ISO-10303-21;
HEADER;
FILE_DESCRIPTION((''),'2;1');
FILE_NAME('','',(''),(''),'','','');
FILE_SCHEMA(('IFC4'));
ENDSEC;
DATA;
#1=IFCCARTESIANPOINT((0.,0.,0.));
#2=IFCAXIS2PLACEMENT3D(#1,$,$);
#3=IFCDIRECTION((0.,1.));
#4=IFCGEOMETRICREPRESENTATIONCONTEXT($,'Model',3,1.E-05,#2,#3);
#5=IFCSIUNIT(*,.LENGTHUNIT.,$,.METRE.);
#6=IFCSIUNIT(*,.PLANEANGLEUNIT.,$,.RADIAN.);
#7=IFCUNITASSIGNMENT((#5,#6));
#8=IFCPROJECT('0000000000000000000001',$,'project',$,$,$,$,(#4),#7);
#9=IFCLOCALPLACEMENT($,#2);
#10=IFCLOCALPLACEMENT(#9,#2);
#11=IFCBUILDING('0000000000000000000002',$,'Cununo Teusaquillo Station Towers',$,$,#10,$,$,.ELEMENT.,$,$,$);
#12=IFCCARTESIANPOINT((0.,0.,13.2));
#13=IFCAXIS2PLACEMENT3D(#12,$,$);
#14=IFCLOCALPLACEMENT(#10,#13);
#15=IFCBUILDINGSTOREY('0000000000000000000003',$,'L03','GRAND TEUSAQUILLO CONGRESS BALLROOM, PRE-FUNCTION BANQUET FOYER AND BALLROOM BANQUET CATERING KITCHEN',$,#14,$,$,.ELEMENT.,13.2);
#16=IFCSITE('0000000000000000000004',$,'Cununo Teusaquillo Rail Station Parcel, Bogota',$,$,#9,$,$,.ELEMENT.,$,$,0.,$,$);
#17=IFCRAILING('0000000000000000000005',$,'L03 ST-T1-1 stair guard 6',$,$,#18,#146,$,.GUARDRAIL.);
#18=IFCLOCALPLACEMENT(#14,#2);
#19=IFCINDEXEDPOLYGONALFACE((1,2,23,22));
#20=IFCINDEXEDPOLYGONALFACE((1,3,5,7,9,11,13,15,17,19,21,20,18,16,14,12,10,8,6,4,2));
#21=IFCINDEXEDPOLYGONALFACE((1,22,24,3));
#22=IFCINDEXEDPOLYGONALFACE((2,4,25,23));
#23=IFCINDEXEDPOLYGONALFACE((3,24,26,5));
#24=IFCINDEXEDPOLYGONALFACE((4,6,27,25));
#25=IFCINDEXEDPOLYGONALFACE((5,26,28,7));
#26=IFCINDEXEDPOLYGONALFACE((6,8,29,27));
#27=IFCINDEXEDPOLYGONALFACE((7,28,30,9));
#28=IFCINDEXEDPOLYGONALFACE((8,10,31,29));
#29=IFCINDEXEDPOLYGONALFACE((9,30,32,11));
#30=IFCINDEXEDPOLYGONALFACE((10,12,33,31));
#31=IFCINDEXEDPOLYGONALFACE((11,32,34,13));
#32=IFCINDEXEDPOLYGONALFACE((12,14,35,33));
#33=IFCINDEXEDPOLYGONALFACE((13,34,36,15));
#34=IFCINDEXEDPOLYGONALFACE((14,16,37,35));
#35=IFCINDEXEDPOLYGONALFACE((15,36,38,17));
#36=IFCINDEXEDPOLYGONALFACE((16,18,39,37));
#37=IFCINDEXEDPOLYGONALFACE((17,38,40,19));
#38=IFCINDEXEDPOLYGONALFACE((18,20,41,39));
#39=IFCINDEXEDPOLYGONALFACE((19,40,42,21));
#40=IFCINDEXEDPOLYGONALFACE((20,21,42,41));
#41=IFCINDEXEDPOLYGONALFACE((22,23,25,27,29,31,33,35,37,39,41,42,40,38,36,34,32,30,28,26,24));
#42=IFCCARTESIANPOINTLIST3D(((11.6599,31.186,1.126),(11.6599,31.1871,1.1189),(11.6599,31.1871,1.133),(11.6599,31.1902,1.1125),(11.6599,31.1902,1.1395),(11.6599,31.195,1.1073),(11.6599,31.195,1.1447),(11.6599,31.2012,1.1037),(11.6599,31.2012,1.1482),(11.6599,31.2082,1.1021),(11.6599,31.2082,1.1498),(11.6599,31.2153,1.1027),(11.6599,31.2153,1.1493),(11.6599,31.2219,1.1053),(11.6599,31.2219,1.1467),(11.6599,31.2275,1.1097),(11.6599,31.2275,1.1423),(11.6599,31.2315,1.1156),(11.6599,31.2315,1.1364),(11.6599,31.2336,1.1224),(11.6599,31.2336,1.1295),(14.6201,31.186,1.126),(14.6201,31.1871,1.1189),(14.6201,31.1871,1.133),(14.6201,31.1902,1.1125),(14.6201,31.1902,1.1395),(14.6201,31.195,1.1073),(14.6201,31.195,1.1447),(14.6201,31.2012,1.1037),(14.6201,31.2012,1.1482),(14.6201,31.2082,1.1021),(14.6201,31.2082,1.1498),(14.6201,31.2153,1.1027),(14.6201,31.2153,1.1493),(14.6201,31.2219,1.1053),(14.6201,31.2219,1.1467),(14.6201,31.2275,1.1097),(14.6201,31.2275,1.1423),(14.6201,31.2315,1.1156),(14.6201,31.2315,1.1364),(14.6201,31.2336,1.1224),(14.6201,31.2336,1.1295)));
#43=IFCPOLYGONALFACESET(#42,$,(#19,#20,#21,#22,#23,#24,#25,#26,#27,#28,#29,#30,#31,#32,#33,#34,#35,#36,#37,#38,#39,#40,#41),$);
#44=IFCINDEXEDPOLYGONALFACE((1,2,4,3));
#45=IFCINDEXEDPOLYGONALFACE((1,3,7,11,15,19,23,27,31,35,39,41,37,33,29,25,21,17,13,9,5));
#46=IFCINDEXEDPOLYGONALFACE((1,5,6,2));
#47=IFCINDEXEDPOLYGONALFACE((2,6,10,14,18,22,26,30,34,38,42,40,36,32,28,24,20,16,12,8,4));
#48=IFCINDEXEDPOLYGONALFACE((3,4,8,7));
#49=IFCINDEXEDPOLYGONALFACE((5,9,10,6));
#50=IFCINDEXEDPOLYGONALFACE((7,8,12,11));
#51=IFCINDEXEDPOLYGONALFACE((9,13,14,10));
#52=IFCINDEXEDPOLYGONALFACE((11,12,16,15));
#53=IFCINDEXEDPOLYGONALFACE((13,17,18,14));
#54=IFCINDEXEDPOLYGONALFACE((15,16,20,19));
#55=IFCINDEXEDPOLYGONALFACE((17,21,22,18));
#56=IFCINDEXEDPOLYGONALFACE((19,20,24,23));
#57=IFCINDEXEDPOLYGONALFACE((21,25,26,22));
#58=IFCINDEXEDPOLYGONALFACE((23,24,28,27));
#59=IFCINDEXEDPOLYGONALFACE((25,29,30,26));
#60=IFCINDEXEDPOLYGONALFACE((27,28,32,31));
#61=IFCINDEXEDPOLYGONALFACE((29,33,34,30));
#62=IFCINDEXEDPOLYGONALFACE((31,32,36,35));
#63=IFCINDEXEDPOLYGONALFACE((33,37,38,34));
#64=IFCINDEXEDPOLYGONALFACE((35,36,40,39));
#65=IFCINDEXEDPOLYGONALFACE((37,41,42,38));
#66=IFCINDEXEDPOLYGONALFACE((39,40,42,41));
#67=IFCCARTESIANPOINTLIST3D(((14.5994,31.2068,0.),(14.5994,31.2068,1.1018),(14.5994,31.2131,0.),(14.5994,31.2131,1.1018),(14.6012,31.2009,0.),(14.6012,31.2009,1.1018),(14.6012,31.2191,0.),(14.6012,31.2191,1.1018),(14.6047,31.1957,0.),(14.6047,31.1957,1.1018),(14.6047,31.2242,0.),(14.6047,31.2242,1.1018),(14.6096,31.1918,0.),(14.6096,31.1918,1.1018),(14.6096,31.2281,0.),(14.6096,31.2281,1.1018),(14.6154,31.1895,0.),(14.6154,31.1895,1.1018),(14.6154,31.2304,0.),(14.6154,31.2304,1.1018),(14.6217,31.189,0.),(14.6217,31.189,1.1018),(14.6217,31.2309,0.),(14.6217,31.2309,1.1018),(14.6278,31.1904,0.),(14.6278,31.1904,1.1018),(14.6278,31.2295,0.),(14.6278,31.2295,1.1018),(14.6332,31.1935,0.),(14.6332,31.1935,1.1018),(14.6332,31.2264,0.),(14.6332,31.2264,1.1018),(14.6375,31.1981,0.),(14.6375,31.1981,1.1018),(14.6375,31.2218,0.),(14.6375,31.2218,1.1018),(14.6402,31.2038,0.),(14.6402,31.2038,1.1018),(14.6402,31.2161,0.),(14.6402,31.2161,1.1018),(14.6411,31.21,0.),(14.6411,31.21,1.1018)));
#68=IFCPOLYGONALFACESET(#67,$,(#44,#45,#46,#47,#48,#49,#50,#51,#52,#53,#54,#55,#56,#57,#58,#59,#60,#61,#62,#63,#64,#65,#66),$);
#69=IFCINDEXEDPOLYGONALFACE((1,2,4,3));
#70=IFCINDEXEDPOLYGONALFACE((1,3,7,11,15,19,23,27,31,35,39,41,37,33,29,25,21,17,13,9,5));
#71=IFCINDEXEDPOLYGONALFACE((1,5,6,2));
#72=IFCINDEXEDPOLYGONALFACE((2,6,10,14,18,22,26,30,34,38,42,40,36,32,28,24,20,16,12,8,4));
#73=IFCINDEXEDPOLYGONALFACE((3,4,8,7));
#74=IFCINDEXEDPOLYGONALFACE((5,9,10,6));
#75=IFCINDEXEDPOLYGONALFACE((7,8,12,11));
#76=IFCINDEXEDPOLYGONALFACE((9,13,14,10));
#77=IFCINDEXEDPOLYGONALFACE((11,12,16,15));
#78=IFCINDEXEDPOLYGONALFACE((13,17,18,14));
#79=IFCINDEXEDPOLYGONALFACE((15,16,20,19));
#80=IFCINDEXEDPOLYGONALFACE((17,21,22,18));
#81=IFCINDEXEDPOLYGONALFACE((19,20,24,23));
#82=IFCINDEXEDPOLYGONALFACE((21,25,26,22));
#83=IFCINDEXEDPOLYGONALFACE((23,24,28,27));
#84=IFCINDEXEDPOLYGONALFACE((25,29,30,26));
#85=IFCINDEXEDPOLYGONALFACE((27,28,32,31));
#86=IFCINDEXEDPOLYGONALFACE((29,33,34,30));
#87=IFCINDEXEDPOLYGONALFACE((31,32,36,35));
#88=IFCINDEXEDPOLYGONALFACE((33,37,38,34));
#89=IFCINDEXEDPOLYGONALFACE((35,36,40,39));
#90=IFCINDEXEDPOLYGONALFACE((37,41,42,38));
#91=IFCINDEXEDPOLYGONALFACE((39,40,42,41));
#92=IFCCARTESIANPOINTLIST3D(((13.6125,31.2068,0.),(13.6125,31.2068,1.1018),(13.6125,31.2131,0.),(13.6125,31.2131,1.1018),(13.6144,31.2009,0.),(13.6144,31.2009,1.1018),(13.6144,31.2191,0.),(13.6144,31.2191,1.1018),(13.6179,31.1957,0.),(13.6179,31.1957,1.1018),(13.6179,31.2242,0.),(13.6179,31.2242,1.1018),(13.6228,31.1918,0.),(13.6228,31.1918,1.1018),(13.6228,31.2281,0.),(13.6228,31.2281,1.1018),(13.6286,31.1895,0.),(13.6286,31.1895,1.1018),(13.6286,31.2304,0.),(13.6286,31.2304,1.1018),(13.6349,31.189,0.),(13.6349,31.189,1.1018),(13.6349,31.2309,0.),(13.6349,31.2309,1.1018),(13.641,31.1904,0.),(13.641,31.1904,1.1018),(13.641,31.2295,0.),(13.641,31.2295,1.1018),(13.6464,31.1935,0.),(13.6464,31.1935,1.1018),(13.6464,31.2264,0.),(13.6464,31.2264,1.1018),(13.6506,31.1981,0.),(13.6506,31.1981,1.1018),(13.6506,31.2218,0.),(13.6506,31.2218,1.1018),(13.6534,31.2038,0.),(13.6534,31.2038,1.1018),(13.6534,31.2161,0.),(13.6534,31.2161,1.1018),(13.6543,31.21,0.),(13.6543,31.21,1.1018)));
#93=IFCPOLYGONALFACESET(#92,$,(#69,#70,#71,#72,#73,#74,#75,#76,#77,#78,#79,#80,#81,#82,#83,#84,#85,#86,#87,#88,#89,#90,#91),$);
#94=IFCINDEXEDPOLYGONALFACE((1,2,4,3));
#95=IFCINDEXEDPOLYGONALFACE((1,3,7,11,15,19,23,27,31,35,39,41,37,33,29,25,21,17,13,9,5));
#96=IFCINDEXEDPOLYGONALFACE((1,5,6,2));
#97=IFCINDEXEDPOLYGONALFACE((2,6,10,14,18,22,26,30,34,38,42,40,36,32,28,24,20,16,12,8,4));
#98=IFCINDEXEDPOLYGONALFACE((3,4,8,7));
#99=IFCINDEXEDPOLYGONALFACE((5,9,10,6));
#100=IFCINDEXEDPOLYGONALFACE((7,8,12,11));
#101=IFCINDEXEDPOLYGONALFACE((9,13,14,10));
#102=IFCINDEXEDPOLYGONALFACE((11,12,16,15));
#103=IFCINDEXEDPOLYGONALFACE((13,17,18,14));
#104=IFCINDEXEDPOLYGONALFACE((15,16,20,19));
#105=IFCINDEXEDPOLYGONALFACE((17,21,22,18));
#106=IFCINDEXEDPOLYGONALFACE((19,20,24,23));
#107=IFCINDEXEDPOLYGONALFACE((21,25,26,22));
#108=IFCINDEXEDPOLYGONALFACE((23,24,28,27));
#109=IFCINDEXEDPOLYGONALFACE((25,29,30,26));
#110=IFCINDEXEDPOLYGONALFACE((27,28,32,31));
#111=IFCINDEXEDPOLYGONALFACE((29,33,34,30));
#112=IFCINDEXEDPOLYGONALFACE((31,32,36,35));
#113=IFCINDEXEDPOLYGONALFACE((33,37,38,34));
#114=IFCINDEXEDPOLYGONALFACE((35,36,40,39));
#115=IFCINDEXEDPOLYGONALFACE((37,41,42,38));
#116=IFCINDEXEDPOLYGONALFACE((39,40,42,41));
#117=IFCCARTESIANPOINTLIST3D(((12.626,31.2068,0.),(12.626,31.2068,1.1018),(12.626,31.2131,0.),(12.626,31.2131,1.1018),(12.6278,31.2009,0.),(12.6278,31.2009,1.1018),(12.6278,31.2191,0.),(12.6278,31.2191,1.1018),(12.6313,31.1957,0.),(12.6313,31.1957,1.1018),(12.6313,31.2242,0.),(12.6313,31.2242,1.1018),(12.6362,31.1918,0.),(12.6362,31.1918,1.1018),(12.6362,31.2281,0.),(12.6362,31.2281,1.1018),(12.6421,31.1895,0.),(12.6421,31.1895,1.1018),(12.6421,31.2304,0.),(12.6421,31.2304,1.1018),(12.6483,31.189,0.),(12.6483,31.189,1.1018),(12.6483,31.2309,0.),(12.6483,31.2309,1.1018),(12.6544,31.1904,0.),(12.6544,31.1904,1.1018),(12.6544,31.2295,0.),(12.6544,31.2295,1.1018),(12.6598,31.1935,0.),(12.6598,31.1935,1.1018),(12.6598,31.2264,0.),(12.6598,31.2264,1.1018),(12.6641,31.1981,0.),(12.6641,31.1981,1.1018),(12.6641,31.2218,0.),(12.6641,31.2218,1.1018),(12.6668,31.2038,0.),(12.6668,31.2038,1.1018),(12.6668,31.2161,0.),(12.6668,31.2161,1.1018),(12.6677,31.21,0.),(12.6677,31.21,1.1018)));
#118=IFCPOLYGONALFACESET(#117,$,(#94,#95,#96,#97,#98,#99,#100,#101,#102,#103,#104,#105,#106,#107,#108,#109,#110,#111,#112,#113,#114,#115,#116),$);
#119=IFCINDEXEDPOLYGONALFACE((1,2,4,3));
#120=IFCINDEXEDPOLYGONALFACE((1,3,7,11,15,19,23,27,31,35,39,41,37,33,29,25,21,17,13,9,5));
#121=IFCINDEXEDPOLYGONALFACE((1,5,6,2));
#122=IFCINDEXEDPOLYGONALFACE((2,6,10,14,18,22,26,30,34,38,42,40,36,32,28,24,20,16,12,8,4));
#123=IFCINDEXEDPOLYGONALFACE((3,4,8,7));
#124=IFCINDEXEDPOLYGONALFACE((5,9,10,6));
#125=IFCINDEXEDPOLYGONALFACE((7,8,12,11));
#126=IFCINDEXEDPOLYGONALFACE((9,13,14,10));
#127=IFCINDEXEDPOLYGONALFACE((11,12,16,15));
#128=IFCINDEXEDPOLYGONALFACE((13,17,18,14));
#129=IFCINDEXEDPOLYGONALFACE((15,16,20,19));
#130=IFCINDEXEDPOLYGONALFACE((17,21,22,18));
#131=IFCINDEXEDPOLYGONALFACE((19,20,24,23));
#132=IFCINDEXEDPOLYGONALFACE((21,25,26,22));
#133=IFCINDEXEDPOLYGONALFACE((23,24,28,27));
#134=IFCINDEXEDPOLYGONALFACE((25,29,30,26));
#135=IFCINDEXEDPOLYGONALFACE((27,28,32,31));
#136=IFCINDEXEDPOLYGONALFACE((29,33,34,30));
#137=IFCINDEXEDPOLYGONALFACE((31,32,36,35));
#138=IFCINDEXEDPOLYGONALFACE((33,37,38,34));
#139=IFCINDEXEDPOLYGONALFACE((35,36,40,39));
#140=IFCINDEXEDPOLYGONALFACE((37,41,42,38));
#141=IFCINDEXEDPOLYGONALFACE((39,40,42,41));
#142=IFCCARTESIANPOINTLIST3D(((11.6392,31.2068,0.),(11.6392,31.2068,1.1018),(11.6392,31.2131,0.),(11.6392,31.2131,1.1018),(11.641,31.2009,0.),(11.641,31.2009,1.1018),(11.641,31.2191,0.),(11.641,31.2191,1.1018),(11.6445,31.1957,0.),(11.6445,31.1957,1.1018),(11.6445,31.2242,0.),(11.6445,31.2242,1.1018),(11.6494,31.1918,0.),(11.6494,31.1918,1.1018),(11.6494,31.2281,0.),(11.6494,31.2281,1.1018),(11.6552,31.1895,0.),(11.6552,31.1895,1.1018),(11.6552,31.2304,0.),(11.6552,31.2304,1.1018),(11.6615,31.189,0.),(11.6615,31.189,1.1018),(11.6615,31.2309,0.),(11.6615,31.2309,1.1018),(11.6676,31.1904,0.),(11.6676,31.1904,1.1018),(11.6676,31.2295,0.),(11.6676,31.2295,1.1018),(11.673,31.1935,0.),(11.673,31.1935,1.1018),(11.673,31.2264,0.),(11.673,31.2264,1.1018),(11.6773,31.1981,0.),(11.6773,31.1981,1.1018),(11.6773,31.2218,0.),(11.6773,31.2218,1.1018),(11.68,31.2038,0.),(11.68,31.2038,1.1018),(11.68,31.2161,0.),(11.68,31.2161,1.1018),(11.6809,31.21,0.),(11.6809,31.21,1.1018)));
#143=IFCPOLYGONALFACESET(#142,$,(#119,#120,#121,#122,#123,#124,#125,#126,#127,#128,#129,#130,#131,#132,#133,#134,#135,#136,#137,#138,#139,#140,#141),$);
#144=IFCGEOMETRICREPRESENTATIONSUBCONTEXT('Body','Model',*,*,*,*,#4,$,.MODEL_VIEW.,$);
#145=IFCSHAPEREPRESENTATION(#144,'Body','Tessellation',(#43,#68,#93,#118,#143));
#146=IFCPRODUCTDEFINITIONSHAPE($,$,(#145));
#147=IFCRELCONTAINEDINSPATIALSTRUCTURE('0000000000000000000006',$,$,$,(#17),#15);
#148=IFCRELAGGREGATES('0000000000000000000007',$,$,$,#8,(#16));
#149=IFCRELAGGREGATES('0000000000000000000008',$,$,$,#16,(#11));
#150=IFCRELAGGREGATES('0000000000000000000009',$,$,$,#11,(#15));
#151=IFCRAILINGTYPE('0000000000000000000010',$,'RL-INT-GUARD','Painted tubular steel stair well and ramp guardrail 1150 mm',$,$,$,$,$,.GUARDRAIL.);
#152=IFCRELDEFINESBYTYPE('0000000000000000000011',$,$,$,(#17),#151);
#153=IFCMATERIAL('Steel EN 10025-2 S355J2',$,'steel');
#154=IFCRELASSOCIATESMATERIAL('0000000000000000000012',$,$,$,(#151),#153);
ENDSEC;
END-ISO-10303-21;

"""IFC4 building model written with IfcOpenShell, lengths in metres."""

from ifc_helpers import new_model, si_unit, direction, frame, origin, origin_2d, place, context, subcontext, project, spatial, circle, extrude, material, type_object, element, save


model = new_model("IFC4")

# Units and contexts
model_context = context("Model", 3, precision=1e-05, world=origin(), true_north=direction((0.0, 1.0)))
body_context = subcontext(model_context, "Body", "Model", "MODEL_VIEW")
ifc_project = project(units=[si_unit("LENGTHUNIT", "METRE"), si_unit("PLANEANGLEUNIT", "RADIAN")], contexts=[model_context])

# Site, building, storey
site_placement = place(None, origin())
site = spatial("IfcSite", under=ifc_project, at=site_placement, Name="Cununo Teusaquillo Rail Station Parcel, Bogota", CompositionType="ELEMENT", RefElevation=0.0)
building_placement = place(site_placement, origin())
building = spatial("IfcBuilding", under=site, at=building_placement, Name="Cununo Teusaquillo Station Towers", CompositionType="ELEMENT")
storey_placement = place(building_placement, frame((0.0, 0.0, 13.2)))
storey = spatial("IfcBuildingStorey", under=building, at=storey_placement, Name="L03", Description="GRAND TEUSAQUILLO CONGRESS BALLROOM, PRE-FUNCTION BANQUET FOYER AND BALLROOM BANQUET CATERING KITCHEN", CompositionType="ELEMENT", Elevation=13.2)

# Railing
ifc_material_1 = material(Name="Steel EN 10025-2 S355J2", Category="steel")
railing_type_1 = type_object("IfcRailingType", Name="RL-INT-GUARD", Description="Painted tubular steel stair well and ramp guardrail 1150 mm", PredefinedType="GUARDRAIL", material=ifc_material_1)
railing_1_placement = place(storey_placement, frame((14.6201, 31.21, 0.0)))
element("IfcRailing", 1, at=railing_1_placement, inside=storey, type_object=railing_type_1, Name="L03 ST-T1-1 stair guard 6", PredefinedType="GUARDRAIL", context=body_context, shape_type="SweptSolid", body=[
    extrude(circle(Radius=0.0239, at=origin_2d()), frame((0.0, 0.0, 1.126), z_axis=(-1.0, 0.0, 0.0), x_axis=(0.0, -1.0, 0.0)), (0.0, 0.0, 1.0), 2.9602),
    extrude(circle(Radius=0.021, at=origin_2d()), origin(), (0.0, 0.0, 1.0), 1.1018),
    extrude(circle(Radius=0.021, at=origin_2d()), frame((-0.9868, 0.0, 0.0)), (0.0, 0.0, 1.0), 1.1018),
    extrude(circle(Radius=0.021, at=origin_2d()), frame((-1.9734, 0.0, 0.0)), (0.0, 0.0, 1.0), 1.1018),
    extrude(circle(Radius=0.021, at=origin_2d()), frame((-2.9602, 0.0, 0.0)), (0.0, 0.0, 1.0), 1.1018),
])

save(model, "model.ifc")
